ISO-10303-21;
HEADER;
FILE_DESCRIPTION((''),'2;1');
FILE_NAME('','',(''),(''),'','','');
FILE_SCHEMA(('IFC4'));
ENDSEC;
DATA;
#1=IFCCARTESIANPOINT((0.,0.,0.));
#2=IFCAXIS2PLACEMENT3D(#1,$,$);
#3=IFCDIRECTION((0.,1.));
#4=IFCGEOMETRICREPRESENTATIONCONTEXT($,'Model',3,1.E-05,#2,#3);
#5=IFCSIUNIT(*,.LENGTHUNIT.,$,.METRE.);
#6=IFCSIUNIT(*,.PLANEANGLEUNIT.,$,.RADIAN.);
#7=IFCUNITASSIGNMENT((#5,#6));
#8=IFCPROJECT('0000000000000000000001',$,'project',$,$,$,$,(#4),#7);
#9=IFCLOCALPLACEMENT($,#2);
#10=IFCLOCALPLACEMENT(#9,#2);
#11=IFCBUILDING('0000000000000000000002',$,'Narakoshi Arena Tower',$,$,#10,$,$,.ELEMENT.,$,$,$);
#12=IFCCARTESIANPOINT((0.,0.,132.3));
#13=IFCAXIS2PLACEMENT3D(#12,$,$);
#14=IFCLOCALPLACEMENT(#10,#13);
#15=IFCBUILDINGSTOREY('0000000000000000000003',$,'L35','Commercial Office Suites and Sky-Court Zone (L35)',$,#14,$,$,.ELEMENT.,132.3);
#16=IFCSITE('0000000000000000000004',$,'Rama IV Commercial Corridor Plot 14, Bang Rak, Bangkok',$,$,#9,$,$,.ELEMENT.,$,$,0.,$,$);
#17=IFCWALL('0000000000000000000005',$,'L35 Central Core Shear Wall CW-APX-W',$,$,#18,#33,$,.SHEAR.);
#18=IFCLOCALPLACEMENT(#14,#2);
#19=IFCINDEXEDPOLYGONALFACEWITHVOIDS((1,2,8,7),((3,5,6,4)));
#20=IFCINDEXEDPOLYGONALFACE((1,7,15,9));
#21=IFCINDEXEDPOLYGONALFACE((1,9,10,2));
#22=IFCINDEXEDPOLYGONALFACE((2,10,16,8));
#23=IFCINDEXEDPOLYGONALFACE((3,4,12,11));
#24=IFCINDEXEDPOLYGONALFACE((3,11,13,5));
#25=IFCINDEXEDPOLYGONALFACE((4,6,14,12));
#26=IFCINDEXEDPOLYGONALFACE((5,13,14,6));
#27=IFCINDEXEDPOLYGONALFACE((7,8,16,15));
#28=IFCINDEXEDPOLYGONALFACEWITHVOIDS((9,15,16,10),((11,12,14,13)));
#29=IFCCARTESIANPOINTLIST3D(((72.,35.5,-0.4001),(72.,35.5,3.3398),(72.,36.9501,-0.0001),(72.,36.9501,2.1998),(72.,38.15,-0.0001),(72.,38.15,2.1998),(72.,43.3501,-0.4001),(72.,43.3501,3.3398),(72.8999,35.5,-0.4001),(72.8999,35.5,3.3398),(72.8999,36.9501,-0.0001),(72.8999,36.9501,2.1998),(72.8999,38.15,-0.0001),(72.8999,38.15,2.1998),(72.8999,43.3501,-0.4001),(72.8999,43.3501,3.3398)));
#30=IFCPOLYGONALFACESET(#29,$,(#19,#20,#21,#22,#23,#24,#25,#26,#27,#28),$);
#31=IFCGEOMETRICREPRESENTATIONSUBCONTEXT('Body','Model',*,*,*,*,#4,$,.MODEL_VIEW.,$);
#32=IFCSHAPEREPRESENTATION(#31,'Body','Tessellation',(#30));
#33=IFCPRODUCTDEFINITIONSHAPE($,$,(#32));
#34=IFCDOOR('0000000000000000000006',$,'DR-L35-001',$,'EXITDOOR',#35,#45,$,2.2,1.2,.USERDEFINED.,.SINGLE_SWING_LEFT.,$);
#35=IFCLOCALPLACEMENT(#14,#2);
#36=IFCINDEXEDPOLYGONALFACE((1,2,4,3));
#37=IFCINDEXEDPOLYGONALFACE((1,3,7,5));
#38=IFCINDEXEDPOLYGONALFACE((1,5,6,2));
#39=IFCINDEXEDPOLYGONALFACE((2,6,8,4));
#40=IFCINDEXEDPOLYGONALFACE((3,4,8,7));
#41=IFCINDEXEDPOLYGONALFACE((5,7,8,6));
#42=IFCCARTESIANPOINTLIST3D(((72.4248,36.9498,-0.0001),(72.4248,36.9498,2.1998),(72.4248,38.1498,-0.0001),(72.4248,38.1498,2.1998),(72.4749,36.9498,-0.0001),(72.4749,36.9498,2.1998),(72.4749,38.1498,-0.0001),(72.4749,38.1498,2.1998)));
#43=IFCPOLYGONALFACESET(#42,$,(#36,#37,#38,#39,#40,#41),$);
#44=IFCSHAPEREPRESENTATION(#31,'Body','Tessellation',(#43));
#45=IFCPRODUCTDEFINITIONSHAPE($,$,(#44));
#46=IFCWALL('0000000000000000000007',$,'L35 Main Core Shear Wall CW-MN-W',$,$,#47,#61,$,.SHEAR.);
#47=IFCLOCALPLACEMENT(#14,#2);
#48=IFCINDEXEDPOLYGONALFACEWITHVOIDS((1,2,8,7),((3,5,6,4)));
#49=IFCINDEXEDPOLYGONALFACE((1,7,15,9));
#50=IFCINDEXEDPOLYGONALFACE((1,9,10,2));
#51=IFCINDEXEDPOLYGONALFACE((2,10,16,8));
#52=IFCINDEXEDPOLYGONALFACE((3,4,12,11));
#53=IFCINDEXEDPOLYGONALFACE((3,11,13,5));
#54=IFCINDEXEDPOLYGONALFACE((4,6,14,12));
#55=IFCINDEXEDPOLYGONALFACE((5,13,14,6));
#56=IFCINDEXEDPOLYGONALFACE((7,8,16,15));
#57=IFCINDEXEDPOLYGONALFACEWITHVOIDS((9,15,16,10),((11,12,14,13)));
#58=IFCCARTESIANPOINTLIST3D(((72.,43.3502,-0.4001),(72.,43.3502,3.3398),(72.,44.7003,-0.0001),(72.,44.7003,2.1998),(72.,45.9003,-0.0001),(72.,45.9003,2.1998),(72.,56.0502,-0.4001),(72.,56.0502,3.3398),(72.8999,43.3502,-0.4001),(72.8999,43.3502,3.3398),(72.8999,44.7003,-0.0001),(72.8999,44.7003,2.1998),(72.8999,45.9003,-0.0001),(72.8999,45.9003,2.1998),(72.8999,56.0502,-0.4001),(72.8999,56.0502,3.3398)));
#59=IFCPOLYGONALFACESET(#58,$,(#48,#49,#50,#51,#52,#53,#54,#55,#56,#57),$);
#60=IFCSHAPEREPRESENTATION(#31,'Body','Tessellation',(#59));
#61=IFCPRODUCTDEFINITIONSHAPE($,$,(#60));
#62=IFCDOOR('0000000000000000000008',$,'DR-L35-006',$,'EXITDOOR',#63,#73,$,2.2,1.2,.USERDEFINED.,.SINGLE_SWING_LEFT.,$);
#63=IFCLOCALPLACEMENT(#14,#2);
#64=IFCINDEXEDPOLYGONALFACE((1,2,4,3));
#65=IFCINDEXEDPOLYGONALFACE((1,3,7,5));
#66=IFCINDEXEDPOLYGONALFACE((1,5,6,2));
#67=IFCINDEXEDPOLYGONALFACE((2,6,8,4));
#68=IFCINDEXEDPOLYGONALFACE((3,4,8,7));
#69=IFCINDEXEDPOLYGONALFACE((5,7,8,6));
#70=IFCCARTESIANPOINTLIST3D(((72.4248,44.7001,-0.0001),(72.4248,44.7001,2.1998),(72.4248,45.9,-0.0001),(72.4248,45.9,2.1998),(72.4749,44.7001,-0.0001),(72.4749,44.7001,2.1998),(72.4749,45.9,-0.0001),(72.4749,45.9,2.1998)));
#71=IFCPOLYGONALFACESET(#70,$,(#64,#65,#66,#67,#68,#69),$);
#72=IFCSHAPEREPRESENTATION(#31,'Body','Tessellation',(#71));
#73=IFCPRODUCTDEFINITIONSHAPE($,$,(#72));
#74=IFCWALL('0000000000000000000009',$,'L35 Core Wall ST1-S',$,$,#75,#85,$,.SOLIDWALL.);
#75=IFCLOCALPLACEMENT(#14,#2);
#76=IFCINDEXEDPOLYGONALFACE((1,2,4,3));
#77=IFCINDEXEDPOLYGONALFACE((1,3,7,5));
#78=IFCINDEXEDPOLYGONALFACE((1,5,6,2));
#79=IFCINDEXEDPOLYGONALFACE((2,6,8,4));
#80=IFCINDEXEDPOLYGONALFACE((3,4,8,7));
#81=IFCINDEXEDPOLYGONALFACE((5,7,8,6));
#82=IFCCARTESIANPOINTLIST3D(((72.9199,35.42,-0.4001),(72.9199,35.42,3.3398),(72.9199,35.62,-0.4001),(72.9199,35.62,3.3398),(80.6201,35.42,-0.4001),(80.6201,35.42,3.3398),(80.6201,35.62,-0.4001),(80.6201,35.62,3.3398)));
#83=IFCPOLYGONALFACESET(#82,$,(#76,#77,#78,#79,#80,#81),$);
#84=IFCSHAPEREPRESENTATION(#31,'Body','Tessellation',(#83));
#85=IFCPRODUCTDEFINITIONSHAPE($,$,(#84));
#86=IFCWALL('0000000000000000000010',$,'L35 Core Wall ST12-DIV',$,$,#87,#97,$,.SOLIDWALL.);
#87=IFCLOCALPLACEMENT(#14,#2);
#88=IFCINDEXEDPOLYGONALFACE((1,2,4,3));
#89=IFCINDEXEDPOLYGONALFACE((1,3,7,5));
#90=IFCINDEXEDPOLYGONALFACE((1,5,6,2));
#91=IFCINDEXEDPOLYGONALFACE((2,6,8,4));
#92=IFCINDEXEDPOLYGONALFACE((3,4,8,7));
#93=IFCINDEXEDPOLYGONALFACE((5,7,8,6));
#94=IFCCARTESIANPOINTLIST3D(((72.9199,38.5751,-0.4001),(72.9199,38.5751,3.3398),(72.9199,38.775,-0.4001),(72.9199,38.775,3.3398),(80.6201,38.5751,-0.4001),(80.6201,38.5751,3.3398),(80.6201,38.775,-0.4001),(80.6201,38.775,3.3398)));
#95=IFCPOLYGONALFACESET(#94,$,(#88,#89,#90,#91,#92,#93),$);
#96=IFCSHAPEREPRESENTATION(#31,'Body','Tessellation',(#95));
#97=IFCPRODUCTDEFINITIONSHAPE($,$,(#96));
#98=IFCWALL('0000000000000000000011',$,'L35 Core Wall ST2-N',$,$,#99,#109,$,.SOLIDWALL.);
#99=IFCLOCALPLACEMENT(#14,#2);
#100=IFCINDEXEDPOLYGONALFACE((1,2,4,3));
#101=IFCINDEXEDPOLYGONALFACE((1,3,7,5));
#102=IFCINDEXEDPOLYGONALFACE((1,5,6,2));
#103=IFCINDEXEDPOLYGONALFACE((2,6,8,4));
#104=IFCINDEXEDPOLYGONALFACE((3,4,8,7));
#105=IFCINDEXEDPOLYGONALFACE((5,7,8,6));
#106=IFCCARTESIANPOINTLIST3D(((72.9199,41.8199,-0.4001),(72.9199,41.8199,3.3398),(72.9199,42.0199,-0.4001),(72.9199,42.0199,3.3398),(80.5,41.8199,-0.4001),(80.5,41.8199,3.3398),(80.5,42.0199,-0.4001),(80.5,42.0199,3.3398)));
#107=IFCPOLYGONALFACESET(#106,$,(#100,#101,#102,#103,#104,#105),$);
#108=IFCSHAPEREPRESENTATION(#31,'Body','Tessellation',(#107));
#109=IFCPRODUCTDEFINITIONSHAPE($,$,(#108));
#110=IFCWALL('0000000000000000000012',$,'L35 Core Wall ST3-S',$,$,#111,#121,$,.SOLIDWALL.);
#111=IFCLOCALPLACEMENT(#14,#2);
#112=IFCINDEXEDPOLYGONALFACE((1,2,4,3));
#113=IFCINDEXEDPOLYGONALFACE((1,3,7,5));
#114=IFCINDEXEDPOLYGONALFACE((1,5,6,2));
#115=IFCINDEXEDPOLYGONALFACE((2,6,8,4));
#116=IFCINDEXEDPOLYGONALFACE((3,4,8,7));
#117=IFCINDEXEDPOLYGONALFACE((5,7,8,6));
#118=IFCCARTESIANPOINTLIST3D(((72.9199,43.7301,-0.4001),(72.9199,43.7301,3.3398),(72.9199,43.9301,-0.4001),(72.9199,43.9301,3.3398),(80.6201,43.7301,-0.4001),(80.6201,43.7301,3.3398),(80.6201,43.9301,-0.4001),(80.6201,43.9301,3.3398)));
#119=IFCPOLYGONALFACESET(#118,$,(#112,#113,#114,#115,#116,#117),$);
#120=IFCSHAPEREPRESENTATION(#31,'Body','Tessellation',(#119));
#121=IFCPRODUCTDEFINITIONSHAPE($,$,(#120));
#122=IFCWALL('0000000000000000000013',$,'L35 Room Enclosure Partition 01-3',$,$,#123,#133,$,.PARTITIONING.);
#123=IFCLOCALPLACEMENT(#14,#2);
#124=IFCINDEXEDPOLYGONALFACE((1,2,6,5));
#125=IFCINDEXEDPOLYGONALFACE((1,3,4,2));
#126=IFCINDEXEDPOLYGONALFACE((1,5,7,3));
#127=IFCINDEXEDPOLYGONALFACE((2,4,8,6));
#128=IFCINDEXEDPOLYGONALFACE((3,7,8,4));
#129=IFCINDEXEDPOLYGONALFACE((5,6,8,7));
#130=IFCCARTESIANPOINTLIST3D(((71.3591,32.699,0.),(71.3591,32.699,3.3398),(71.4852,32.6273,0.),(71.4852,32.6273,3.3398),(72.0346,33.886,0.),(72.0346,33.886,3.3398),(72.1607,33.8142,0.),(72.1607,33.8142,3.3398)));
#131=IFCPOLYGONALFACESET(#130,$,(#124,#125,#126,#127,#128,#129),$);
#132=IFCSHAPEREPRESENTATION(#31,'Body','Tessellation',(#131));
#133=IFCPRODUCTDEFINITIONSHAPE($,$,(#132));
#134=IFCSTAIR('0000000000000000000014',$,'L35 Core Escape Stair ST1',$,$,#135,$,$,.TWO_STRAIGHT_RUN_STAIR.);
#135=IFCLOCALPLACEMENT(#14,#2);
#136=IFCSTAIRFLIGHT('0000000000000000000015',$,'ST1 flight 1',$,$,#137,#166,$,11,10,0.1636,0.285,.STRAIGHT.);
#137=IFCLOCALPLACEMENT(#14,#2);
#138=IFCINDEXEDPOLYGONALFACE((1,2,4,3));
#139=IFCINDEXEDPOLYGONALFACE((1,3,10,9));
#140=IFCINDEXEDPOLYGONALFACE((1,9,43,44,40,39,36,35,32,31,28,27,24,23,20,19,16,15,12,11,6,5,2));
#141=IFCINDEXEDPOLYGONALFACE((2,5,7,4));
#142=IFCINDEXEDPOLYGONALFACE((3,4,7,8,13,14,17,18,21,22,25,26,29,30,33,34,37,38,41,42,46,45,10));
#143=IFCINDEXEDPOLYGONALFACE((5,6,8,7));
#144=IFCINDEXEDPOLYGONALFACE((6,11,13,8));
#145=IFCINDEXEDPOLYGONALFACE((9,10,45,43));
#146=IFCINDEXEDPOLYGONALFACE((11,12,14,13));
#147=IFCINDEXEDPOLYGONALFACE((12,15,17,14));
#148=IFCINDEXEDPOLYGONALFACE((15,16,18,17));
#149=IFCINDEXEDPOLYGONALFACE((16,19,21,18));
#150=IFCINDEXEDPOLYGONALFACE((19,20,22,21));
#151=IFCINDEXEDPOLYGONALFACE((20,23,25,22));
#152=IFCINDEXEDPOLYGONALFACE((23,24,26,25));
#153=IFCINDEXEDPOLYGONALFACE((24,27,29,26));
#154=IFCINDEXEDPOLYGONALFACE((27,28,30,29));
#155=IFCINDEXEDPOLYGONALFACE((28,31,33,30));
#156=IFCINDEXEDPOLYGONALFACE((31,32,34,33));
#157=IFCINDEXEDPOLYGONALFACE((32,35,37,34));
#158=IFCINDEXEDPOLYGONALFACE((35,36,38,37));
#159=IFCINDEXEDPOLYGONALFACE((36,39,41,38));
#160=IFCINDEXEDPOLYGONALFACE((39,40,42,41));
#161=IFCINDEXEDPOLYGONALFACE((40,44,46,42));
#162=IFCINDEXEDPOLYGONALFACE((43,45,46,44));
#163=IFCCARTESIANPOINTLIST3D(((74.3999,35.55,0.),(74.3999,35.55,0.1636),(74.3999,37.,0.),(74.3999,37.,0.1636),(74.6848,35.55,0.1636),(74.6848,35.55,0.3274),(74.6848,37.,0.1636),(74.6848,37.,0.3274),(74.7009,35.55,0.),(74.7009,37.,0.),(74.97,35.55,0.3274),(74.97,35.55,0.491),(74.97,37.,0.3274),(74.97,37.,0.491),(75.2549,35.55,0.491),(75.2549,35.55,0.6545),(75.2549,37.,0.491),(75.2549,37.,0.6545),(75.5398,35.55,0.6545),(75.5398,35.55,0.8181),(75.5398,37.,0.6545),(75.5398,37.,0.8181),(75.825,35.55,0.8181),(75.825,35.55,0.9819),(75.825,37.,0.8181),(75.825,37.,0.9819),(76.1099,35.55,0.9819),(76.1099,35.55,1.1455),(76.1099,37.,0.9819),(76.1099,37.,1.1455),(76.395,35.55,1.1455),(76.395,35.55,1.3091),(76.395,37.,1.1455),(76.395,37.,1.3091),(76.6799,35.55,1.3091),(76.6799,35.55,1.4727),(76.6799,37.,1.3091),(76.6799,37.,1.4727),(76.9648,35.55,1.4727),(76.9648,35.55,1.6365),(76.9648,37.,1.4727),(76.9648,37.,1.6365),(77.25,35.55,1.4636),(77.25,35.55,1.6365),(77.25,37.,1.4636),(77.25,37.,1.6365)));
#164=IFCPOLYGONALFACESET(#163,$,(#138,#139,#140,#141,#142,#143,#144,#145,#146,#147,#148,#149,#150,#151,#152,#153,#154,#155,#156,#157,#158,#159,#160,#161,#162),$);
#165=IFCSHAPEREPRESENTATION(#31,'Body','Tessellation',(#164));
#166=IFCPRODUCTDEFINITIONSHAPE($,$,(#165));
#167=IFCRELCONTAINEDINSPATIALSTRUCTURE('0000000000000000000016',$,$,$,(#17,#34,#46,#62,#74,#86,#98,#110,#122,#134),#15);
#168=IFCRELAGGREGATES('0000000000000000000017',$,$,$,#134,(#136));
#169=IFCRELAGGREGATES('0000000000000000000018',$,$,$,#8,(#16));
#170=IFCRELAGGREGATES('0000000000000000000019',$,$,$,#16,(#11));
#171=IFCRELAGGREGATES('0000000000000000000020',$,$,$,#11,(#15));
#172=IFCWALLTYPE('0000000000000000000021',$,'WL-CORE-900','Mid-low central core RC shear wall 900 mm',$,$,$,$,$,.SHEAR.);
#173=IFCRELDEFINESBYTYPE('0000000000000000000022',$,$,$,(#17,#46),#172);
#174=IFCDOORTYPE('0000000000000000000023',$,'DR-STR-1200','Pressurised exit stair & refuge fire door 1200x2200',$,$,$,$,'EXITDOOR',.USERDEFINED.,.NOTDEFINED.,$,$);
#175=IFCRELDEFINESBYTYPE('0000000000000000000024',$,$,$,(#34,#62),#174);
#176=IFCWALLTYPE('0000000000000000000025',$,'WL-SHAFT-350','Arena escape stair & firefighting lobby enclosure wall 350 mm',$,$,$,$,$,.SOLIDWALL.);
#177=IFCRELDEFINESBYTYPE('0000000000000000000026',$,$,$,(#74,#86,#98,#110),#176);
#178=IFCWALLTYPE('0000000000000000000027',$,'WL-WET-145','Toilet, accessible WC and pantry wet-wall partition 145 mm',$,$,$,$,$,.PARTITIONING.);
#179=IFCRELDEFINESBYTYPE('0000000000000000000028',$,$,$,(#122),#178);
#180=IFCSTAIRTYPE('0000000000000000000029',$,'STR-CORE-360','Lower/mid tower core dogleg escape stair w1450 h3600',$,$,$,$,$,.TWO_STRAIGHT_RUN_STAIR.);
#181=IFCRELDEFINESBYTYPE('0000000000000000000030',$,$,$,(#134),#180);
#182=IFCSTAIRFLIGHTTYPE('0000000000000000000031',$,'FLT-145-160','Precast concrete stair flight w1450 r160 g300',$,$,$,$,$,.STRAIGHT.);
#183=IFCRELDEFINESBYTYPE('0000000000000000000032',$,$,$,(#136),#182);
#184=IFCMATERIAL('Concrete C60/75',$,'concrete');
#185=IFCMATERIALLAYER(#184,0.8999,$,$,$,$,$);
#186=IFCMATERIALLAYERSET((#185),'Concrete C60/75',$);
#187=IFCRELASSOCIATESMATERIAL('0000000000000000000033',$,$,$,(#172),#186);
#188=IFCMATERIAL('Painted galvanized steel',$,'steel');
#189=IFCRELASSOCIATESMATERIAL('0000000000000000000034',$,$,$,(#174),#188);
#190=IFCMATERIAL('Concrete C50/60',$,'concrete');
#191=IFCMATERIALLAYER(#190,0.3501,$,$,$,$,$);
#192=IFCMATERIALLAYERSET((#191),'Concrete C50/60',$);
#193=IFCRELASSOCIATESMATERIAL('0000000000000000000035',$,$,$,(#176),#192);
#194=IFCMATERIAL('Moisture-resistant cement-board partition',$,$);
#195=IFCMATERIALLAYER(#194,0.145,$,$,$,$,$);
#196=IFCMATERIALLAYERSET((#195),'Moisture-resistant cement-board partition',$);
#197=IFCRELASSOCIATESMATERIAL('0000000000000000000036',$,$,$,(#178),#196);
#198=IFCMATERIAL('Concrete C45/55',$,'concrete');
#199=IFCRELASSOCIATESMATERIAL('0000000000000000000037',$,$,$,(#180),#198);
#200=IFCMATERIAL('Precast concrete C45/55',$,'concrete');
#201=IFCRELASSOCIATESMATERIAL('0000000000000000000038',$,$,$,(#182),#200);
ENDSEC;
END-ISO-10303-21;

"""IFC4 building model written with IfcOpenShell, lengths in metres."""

from ifc_helpers import new_model, si_unit, direction, frame, frame_2d, origin, place, context, subcontext, project, spatial, polyline, rectangle, outline, extrude, material, layer, layer_set, type_object, element, fill, aggregate, save


model = new_model("IFC4")

# Units and contexts
model_context = context("Model", 3, precision=1e-05, world=origin(), true_north=direction((0.0, 1.0)))
body_context = subcontext(model_context, "Body", "Model", "MODEL_VIEW")
ifc_project = project(units=[si_unit("LENGTHUNIT", "METRE"), si_unit("PLANEANGLEUNIT", "RADIAN")], contexts=[model_context])

# Site, building, storey
site_placement = place(None, origin())
site = spatial("IfcSite", under=ifc_project, at=site_placement, Name="Rama IV Commercial Corridor Plot 14, Bang Rak, Bangkok", CompositionType="ELEMENT", RefElevation=0.0)
building_placement = place(site_placement, origin())
building = spatial("IfcBuilding", under=site, at=building_placement, Name="Narakoshi Arena Tower", CompositionType="ELEMENT")
storey_placement = place(building_placement, frame((0.0, 0.0, 132.3)))
storey = spatial("IfcBuildingStorey", under=building, at=storey_placement, Name="L35", Description="Commercial Office Suites and Sky-Court Zone (L35)", CompositionType="ELEMENT", Elevation=132.3)

# Walls, openings, doors
ifc_material_1 = material(Name="Concrete C60/75", Category="concrete")
ifc_layer_1 = layer(ifc_material_1, 0.8999)
ifc_layer_set_1 = layer_set([ifc_layer_1], Name="Concrete C60/75")
wall_type_1 = type_object("IfcWallType", Name="WL-CORE-900", Description="Mid-low central core RC shear wall 900 mm", PredefinedType="SHEAR", material=ifc_layer_set_1)
wall_1_placement = place(storey_placement, frame((72.45, 35.5, -0.4001), z_axis=(0.0, 0.0, 1.0), x_axis=(0.0, 1.0, 0.0)))
wall_1 = element("IfcWall", 1, at=wall_1_placement, inside=storey, type_object=wall_type_1, Name="L35 Central Core Shear Wall CW-APX-W", PredefinedType="SHEAR", context=body_context, shape_type="SweptSolid", body=[
    extrude(rectangle(XDim=7.8501, YDim=0.8999, at=frame_2d((3.925, 0.0))), origin(), (0.0, 0.0, 1.0), 3.74),
])
opening_1_placement = place(wall_1_placement, frame((1.45, 0.0, 0.3999)))
opening_1 = element("IfcOpeningElement", 2, at=opening_1_placement, cuts=wall_1, PredefinedType="OPENING", context=body_context, shape_type="SweptSolid", body=[
    extrude(rectangle(XDim=1.2, YDim=2.2, at=frame_2d((0.6001, 1.1001))), frame((0.0, 0.46, 0.0), z_axis=(0.0, -1.0, 0.0), x_axis=(1.0, 0.0, 0.0)), (0.0, 0.0, 1.0), 0.9199),
])
ifc_material_2 = material(Name="Painted galvanized steel", Category="steel")
door_type = type_object("IfcDoorType", Name="DR-STR-1200", Description="Pressurised exit stair & refuge fire door 1200x2200", ElementType="EXITDOOR", OperationType="NOTDEFINED", PredefinedType="USERDEFINED", material=ifc_material_2)
door_1_placement = place(opening_1_placement, frame((1.2, 0.0, 0.0), z_axis=(0.0, 0.0, 1.0), x_axis=(-1.0, 0.0, 0.0)))
door_1 = element("IfcDoor", 3, at=door_1_placement, inside=storey, type_object=door_type, Name="DR-L35-001", ObjectType="EXITDOOR", OperationType="SINGLE_SWING_LEFT", OverallHeight=2.2, OverallWidth=1.2, PredefinedType="USERDEFINED", context=body_context, shape_type="SweptSolid", body=[
    extrude(rectangle(XDim=1.2, YDim=2.2, at=frame_2d((0.6001, 1.1001))), frame((0.0, 0.0249, 0.0), z_axis=(0.0, -1.0, 0.0), x_axis=(1.0, 0.0, 0.0)), (0.0, 0.0, 1.0), 0.05),
])
fill(opening_1, door_1)
wall_2_placement = place(storey_placement, frame((72.45, 43.3501, -0.4001), z_axis=(0.0, 0.0, 1.0), x_axis=(0.0, 1.0, 0.0)))
wall_2 = element("IfcWall", 4, at=wall_2_placement, inside=storey, type_object=wall_type_1, Name="L35 Main Core Shear Wall CW-MN-W", PredefinedType="SHEAR", context=body_context, shape_type="SweptSolid", body=[
    extrude(rectangle(XDim=12.7, YDim=0.8999, at=frame_2d((6.3501, 0.0))), origin(), (0.0, 0.0, 1.0), 3.74),
])
opening_2_placement = place(wall_2_placement, frame((1.3501, 0.0, 0.3999)))
opening_2 = element("IfcOpeningElement", 5, at=opening_2_placement, cuts=wall_2, PredefinedType="OPENING", context=body_context, shape_type="SweptSolid", body=[
    extrude(rectangle(XDim=1.2, YDim=2.2, at=frame_2d((0.6001, 1.1001))), frame((0.0, 0.46, 0.0), z_axis=(0.0, -1.0, 0.0), x_axis=(1.0, 0.0, 0.0)), (0.0, 0.0, 1.0), 0.9199),
])
door_2_placement = place(opening_2_placement, frame((1.2, 0.0, 0.0), z_axis=(0.0, 0.0, 1.0), x_axis=(-1.0, 0.0, 0.0)))
door_2 = element("IfcDoor", 6, at=door_2_placement, inside=storey, type_object=door_type, Name="DR-L35-006", ObjectType="EXITDOOR", OperationType="SINGLE_SWING_LEFT", OverallHeight=2.2, OverallWidth=1.2, PredefinedType="USERDEFINED", context=body_context, shape_type="SweptSolid", body=[
    extrude(rectangle(XDim=1.2, YDim=2.2, at=frame_2d((0.6001, 1.1001))), frame((0.0, 0.0249, 0.0), z_axis=(0.0, -1.0, 0.0), x_axis=(1.0, 0.0, 0.0)), (0.0, 0.0, 1.0), 0.05),
])
fill(opening_2, door_2)

# Walls
ifc_material_3 = material(Name="Concrete C50/60", Category="concrete")
ifc_layer_2 = layer(ifc_material_3, 0.3501)
ifc_layer_set_2 = layer_set([ifc_layer_2], Name="Concrete C50/60")
wall_type_2 = type_object("IfcWallType", Name="WL-SHAFT-350", Description="Arena escape stair & firefighting lobby enclosure wall 350 mm", PredefinedType="SOLIDWALL", material=ifc_layer_set_2)
for number, where, z_axis, x_axis, name in (
    (7, (72.9199, 35.52, -0.4001), (0.0, 0.0, 1.0), (1.0, 0.0, 0.0), "L35 Core Wall ST1-S"),
    (8, (72.9199, 38.675, -0.4001), (0.0, 0.0, 1.0), (1.0, 0.0, 0.0), "L35 Core Wall ST12-DIV"),
):
    element("IfcWall", number, at=place(storey_placement, frame(where, z_axis=z_axis, x_axis=x_axis)), inside=storey, type_object=wall_type_2, Name=name, PredefinedType="SOLIDWALL", context=body_context, shape_type="SweptSolid", body=[
        extrude(rectangle(XDim=7.7002, YDim=0.2, at=frame_2d((3.8501, 0.0))), origin(), (0.0, 0.0, 1.0), 3.74),
    ])
wall_3_placement = place(storey_placement, frame((72.9199, 41.9199, -0.4001), z_axis=(0.0, 0.0, 1.0), x_axis=(1.0, 0.0, 0.0)))
element("IfcWall", 9, at=wall_3_placement, inside=storey, type_object=wall_type_2, Name="L35 Core Wall ST2-N", PredefinedType="SOLIDWALL", context=body_context, shape_type="SweptSolid", body=[
    extrude(rectangle(XDim=7.5801, YDim=0.2, at=frame_2d((3.79, 0.0))), origin(), (0.0, 0.0, 1.0), 3.74),
])
wall_4_placement = place(storey_placement, frame((72.9199, 43.8301, -0.4001), z_axis=(0.0, 0.0, 1.0), x_axis=(1.0, 0.0, 0.0)))
element("IfcWall", 10, at=wall_4_placement, inside=storey, type_object=wall_type_2, Name="L35 Core Wall ST3-S", PredefinedType="SOLIDWALL", context=body_context, shape_type="SweptSolid", body=[
    extrude(rectangle(XDim=7.7002, YDim=0.2, at=frame_2d((3.8501, 0.0))), origin(), (0.0, 0.0, 1.0), 3.74),
])
ifc_material_4 = material(Name="Moisture-resistant cement-board partition")
ifc_layer_3 = layer(ifc_material_4, 0.145)
ifc_layer_set_3 = layer_set([ifc_layer_3], Name="Moisture-resistant cement-board partition")
wall_type_3 = type_object("IfcWallType", Name="WL-WET-145", Description="Toilet, accessible WC and pantry wet-wall partition 145 mm", PredefinedType="PARTITIONING", material=ifc_layer_set_3)
wall_5_placement = place(storey_placement, frame((72.0977, 33.8501, 0.0), z_axis=(0.0, 0.0, 1.0), x_axis=(-0.494617, -0.869111, 0.0)))
element("IfcWall", 11, at=wall_5_placement, inside=storey, type_object=wall_type_3, Name="L35 Room Enclosure Partition 01-3", PredefinedType="PARTITIONING", context=body_context, shape_type="SweptSolid", body=[
    extrude(rectangle(XDim=1.3657, YDim=0.145, at=frame_2d((0.6829, 0.0))), origin(), (0.0, 0.0, 1.0), 3.3398),
])

# Stair, stair flight
ifc_material_5 = material(Name="Concrete C45/55", Category="concrete")
stair_type = type_object("IfcStairType", Name="STR-CORE-360", Description="Lower/mid tower core dogleg escape stair w1450 h3600", PredefinedType="TWO_STRAIGHT_RUN_STAIR", material=ifc_material_5)
stair_1_placement = place(storey_placement, origin())
stair_1 = element("IfcStair", 12, at=stair_1_placement, inside=storey, type_object=stair_type, Name="L35 Core Escape Stair ST1", PredefinedType="TWO_STRAIGHT_RUN_STAIR")
ifc_material_6 = material(Name="Precast concrete C45/55", Category="concrete")
stair_flight_type = type_object("IfcStairFlightType", Name="FLT-145-160", Description="Precast concrete stair flight w1450 r160 g300", PredefinedType="STRAIGHT", material=ifc_material_6)
stair_flight_1_placement = place(storey_placement, frame((74.3999, 36.2749, 0.0), z_axis=(0.0, 0.0, 1.0), x_axis=(1.0, 0.0, 0.0)))
stair_flight_1 = element("IfcStairFlight", 13, at=stair_flight_1_placement, type_object=stair_flight_type, Name="ST1 flight 1", NumberOfRisers=11, NumberOfTreads=10, PredefinedType="STRAIGHT", RiserHeight=0.1636, TreadLength=0.285, context=body_context, shape_type="SweptSolid", body=[
    extrude(outline(polyline([(0.0, 0.0), (0.0, 0.1636), (0.2849, 0.1636), (0.2849, 0.3274), (0.5701, 0.3274), (0.5701, 0.491), (0.855, 0.491), (0.855, 0.6545), (1.1399, 0.6545), (1.1399, 0.8181), (1.425, 0.8181), (1.425, 0.9819), (1.71, 0.9819), (1.71, 1.1455), (1.9951, 1.1455), (1.9951, 1.3091), (2.28, 1.3091), (2.28, 1.4727), (2.5649, 1.4727), (2.5649, 1.6365), (2.8501, 1.6365), (2.8501, 1.8), (2.8501, 1.4636), (0.301, 0.0), (0.0, 0.0)])), frame((0.0, 0.7251, 0.0), z_axis=(0.0, -1.0, 0.0), x_axis=(1.0, 0.0, 0.0)), (0.0, 0.0, 1.0), 1.45),
])
aggregate(stair_1, [stair_flight_1])

save(model, "model.ifc")
